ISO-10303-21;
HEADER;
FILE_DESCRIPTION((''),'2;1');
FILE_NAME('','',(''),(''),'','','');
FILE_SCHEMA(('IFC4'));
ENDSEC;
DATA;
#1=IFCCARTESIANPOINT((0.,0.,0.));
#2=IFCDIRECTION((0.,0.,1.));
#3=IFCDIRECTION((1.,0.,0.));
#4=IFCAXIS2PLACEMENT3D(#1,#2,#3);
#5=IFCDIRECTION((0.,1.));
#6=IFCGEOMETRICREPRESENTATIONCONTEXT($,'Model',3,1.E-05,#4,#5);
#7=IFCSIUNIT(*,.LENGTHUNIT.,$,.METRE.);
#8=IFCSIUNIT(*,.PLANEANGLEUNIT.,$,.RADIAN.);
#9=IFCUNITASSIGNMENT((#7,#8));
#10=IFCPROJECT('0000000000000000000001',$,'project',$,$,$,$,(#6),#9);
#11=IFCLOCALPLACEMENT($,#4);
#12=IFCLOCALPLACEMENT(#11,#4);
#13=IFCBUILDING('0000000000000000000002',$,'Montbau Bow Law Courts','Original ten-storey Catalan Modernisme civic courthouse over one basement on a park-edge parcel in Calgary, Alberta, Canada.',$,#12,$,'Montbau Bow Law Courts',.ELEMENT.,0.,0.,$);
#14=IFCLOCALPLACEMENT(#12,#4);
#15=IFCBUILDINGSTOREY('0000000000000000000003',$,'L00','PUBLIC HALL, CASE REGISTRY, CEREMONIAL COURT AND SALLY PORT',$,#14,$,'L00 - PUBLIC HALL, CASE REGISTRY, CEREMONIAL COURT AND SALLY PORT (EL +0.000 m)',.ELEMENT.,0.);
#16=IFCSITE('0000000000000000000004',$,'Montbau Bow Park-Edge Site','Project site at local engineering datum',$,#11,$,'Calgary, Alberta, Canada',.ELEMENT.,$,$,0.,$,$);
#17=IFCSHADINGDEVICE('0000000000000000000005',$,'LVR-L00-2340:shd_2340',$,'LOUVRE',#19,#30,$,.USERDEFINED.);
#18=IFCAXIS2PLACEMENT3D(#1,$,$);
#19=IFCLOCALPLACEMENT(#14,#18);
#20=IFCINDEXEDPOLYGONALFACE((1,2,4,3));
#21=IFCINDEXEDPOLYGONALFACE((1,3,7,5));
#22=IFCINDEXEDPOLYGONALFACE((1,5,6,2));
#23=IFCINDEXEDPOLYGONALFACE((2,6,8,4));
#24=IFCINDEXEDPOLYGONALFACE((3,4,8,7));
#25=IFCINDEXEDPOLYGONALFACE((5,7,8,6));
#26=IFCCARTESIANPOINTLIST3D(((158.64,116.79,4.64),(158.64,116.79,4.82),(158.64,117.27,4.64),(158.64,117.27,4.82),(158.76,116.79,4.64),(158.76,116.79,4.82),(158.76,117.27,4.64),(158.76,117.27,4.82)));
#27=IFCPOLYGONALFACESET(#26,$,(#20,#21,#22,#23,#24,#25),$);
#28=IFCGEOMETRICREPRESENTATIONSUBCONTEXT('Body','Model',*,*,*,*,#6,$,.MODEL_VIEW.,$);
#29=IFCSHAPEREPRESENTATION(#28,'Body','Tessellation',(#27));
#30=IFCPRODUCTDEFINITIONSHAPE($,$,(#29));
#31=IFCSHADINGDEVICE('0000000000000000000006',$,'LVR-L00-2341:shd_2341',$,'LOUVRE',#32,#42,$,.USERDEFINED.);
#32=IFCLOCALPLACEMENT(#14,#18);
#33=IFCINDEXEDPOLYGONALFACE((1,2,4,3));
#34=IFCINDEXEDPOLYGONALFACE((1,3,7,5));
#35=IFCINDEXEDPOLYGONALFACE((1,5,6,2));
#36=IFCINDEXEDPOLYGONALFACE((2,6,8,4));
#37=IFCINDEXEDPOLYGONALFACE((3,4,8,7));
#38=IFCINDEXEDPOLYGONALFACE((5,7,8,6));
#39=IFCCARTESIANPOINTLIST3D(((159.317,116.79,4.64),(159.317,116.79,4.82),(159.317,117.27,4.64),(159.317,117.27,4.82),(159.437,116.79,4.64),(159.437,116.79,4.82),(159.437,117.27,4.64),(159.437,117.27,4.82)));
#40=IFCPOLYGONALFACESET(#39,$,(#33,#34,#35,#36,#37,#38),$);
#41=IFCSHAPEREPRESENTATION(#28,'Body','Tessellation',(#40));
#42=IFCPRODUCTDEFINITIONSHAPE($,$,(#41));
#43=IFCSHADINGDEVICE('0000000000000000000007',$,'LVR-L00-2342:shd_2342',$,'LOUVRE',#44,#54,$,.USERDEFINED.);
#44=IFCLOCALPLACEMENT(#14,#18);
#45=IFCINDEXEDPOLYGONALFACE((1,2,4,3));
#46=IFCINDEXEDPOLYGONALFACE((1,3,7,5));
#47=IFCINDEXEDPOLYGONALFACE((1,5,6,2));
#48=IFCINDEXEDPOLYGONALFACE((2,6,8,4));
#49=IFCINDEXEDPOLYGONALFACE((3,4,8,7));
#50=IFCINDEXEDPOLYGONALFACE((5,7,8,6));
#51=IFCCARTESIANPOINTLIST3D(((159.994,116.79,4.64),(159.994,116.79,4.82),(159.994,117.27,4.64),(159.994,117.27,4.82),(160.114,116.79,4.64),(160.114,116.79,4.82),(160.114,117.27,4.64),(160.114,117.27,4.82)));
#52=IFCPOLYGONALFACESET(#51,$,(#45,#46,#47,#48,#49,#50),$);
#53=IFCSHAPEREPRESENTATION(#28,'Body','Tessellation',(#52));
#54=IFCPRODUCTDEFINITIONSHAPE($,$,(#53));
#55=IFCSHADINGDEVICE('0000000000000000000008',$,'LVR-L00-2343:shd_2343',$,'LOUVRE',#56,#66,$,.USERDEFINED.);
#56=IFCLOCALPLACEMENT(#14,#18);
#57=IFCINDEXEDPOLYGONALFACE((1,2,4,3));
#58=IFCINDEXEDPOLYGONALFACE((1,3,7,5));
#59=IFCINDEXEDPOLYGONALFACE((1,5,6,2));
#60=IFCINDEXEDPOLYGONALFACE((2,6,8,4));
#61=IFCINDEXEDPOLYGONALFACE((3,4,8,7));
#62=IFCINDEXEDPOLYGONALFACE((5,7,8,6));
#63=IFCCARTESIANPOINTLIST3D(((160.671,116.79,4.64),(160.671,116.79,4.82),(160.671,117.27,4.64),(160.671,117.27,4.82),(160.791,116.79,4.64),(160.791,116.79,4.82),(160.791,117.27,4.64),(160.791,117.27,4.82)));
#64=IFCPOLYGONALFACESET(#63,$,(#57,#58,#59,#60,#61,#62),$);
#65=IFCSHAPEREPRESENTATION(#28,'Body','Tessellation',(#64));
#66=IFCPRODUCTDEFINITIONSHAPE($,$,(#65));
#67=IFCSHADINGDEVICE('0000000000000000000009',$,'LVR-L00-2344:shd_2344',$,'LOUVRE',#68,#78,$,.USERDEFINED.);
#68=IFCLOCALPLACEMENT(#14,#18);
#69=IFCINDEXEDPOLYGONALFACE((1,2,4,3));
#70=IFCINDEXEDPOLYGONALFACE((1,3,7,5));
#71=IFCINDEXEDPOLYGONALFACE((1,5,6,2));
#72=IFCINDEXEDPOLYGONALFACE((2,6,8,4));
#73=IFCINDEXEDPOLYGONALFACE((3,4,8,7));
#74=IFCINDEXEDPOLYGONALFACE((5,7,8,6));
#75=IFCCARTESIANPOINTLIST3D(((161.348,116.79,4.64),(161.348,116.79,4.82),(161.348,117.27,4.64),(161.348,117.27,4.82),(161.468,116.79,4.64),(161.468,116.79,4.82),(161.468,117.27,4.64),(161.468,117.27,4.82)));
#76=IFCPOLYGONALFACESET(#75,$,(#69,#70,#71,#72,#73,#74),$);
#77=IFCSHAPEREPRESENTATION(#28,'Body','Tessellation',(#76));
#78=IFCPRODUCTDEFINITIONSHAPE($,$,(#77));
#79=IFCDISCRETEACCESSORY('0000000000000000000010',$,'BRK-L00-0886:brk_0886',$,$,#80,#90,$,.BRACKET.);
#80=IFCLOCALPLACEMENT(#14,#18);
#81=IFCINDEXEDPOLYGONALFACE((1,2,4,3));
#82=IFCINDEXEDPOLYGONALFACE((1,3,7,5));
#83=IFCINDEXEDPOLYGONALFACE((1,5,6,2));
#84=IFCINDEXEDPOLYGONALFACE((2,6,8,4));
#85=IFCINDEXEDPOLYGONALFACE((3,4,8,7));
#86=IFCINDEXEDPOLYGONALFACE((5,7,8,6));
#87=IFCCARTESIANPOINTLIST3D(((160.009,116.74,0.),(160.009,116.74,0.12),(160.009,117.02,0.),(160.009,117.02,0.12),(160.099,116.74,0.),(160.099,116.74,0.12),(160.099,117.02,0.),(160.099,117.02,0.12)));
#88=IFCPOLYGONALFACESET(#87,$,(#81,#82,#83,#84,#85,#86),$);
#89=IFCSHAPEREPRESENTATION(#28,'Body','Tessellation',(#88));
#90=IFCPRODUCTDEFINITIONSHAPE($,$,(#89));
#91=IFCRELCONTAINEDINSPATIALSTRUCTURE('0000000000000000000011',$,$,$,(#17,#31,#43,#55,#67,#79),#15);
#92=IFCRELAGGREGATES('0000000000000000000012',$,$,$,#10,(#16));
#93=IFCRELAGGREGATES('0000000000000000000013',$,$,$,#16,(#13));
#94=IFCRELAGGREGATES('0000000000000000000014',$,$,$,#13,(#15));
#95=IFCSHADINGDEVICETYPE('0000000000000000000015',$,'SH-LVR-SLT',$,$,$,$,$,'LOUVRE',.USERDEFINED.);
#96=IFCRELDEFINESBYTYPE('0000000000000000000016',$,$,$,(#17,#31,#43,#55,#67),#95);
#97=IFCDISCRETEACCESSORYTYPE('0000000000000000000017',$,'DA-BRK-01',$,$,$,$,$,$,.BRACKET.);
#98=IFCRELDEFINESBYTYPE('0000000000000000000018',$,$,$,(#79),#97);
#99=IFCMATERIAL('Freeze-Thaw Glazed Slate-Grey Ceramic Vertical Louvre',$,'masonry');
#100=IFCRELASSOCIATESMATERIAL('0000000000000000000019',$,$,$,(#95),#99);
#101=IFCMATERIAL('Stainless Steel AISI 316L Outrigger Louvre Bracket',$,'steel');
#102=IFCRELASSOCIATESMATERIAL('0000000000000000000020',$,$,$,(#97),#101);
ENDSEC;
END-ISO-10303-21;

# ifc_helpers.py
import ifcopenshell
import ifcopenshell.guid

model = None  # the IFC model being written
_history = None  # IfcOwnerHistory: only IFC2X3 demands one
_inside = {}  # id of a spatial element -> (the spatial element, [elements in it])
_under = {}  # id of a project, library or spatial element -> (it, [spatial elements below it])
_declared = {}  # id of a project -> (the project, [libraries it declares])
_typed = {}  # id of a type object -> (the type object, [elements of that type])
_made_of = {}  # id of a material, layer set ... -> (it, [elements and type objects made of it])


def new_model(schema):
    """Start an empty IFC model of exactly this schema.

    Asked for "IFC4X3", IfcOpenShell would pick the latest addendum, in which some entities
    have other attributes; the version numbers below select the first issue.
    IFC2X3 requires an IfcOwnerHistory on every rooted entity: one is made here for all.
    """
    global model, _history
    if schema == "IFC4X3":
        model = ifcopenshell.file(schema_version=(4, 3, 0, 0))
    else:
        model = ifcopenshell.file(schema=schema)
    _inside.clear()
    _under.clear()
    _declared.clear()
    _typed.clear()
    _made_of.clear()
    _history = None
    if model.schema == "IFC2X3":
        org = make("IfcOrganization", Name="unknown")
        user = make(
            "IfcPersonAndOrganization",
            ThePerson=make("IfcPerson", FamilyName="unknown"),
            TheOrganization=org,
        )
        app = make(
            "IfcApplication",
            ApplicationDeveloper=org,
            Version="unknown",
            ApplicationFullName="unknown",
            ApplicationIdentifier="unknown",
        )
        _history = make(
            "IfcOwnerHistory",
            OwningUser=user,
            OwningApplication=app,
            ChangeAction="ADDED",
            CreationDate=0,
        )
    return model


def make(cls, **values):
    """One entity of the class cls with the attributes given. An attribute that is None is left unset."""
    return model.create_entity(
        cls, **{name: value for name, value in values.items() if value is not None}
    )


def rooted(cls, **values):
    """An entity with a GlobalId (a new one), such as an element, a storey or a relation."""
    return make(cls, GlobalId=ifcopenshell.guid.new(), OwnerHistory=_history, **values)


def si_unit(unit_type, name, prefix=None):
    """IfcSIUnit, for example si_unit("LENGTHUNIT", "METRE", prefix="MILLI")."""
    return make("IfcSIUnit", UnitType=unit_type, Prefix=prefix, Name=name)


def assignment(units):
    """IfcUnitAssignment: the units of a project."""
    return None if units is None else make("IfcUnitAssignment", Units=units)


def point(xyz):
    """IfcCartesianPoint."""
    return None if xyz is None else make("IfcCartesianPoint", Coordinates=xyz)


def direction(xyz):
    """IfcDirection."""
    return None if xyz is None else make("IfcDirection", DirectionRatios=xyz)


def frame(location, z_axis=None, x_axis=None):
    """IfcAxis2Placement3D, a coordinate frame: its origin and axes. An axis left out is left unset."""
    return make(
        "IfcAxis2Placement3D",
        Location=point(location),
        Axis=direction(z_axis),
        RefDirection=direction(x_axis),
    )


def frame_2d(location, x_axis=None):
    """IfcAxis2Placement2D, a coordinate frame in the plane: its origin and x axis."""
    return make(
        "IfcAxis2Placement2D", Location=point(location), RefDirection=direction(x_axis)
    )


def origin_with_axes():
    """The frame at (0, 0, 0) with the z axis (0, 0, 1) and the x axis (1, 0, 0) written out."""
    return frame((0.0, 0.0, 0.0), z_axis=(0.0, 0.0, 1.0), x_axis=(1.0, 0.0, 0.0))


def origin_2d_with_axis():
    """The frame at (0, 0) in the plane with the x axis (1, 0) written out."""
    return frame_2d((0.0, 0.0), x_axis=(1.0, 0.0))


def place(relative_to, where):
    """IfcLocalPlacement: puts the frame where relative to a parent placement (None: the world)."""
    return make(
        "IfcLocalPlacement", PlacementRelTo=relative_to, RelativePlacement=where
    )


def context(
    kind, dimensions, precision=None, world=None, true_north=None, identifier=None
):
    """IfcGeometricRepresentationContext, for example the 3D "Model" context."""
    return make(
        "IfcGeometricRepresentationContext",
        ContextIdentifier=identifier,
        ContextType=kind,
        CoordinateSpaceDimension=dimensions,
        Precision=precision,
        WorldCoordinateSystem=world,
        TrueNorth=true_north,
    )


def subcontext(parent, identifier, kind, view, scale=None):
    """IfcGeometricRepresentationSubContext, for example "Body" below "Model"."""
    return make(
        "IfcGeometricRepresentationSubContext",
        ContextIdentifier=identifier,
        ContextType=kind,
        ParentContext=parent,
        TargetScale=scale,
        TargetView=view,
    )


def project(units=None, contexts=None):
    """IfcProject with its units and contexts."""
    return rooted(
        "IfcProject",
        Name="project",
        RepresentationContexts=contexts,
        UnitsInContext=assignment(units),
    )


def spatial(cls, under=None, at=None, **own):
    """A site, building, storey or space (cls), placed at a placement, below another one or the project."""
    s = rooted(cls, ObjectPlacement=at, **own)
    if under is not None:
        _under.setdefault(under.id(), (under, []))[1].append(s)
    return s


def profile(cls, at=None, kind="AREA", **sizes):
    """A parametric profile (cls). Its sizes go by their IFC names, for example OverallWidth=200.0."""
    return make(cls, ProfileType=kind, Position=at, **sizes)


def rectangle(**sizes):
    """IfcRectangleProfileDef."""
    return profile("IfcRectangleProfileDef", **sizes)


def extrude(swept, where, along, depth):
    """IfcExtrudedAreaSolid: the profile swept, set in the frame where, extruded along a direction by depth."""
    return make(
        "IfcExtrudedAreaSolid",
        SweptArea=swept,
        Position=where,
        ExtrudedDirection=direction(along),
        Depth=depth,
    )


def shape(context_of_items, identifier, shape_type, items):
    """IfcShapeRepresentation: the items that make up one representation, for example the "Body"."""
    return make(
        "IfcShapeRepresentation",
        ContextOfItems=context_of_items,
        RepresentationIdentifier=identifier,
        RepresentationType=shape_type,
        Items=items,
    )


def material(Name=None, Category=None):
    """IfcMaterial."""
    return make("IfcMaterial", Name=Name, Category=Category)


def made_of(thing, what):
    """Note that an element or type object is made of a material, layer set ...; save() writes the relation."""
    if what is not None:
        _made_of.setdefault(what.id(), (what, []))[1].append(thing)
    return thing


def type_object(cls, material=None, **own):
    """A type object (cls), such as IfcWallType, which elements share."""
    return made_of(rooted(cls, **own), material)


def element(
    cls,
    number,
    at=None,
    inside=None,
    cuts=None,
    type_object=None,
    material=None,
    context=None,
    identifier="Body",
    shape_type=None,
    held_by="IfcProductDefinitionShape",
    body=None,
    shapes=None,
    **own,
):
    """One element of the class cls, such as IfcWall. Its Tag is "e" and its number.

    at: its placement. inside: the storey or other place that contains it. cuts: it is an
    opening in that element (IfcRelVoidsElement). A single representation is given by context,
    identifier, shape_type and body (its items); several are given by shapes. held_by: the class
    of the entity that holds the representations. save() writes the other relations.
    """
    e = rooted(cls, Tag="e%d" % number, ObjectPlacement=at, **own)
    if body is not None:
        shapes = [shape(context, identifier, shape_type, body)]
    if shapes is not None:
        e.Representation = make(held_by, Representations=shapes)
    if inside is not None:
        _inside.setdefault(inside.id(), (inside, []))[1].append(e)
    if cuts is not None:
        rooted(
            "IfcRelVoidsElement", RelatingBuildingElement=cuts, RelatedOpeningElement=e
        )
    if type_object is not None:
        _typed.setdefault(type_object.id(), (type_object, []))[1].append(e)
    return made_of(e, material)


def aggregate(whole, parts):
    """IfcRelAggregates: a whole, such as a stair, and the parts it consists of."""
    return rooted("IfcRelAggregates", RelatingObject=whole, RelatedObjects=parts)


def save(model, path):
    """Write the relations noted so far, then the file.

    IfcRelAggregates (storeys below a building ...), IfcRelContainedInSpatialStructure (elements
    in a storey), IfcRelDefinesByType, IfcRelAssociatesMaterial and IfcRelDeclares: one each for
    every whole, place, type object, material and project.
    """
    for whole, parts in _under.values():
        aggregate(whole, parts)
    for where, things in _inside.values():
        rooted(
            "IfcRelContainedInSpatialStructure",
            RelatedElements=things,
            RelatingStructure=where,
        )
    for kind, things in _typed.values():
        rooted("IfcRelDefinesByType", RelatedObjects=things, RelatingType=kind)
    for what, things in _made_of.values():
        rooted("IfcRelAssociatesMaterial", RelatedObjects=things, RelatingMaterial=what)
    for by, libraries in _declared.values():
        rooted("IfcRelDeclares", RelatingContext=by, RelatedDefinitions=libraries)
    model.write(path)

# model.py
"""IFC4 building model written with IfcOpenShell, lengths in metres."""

from ifc_helpers import new_model, si_unit, direction, frame, origin_with_axes, origin_2d_with_axis, place, context, subcontext, project, spatial, rectangle, extrude, material, type_object, element, save


model = new_model("IFC4")

# Units and contexts
model_context = context("Model", 3, precision=1e-05, world=origin_with_axes(), true_north=direction((0.0, 1.0)))
body_context = subcontext(model_context, "Body", "Model", "MODEL_VIEW")
ifc_project = project(units=[si_unit("LENGTHUNIT", "METRE"), si_unit("PLANEANGLEUNIT", "RADIAN")], contexts=[model_context])

# Site, building, storey
site_placement = place(None, origin_with_axes())
site = spatial("IfcSite", under=ifc_project, at=site_placement, Name="Montbau Bow Park-Edge Site", Description="Project site at local engineering datum", LongName="Calgary, Alberta, Canada", CompositionType="ELEMENT", RefElevation=0.0)
building_placement = place(site_placement, origin_with_axes())
building = spatial("IfcBuilding", under=site, at=building_placement, Name="Montbau Bow Law Courts", Description="Original ten-storey Catalan Modernisme civic courthouse over one basement on a park-edge parcel in Calgary, Alberta, Canada.", LongName="Montbau Bow Law Courts", CompositionType="ELEMENT", ElevationOfRefHeight=0.0, ElevationOfTerrain=0.0)
storey_placement = place(building_placement, origin_with_axes())
storey = spatial("IfcBuildingStorey", under=building, at=storey_placement, Name="L00", Description="PUBLIC HALL, CASE REGISTRY, CEREMONIAL COURT AND SALLY PORT", LongName="L00 - PUBLIC HALL, CASE REGISTRY, CEREMONIAL COURT AND SALLY PORT (EL +0.000 m)", CompositionType="ELEMENT", Elevation=0.0)

# Shared definitions
ifc_material_1 = material(Name="Freeze-Thaw Glazed Slate-Grey Ceramic Vertical Louvre", Category="masonry")

# Shading devices
shading_device_type = type_object("IfcShadingDeviceType", Name="SH-LVR-SLT", ElementType="LOUVRE", PredefinedType="USERDEFINED", material=ifc_material_1)
for number, where, z_axis, x_axis, name in (
    (1, (158.7, 117.03, 4.64), (0.0, 0.0, 1.0), (0.0, 1.0, 0.0), "LVR-L00-2340:shd_2340"),
    (2, (159.377, 117.03, 4.64), (0.0, 0.0, 1.0), (0.0, 1.0, 0.0), "LVR-L00-2341:shd_2341"),
    (3, (160.054, 117.03, 4.64), (0.0, 0.0, 1.0), (0.0, 1.0, 0.0), "LVR-L00-2342:shd_2342"),
    (4, (160.731, 117.03, 4.64), (0.0, 0.0, 1.0), (0.0, 1.0, 0.0), "LVR-L00-2343:shd_2343"),
    (5, (161.408, 117.03, 4.64), (0.0, 0.0, 1.0), (0.0, 1.0, 0.0), "LVR-L00-2344:shd_2344"),
):
    element("IfcShadingDevice", number, at=place(None, frame(where, z_axis=z_axis, x_axis=x_axis)), inside=storey, type_object=shading_device_type, Name=name, ObjectType="LOUVRE", PredefinedType="USERDEFINED", context=body_context, shape_type="SweptSolid", body=[
        extrude(rectangle(XDim=0.48, YDim=0.12, at=origin_2d_with_axis()), origin_with_axes(), (0.0, 0.0, 1.0), 0.18),
    ])

# Discrete accessory
ifc_material_2 = material(Name="Stainless Steel AISI 316L Outrigger Louvre Bracket", Category="steel")
discrete_accessory_type = type_object("IfcDiscreteAccessoryType", Name="DA-BRK-01", PredefinedType="BRACKET", material=ifc_material_2)
discrete_accessory_placement = place(None, frame((160.054, 116.88, 0.0), z_axis=(0.0, 0.0, 1.0), x_axis=(0.0, 1.0, 0.0)))
element("IfcDiscreteAccessory", 6, at=discrete_accessory_placement, inside=storey, type_object=discrete_accessory_type, Name="BRK-L00-0886:brk_0886", PredefinedType="BRACKET", context=body_context, shape_type="SweptSolid", body=[
    extrude(rectangle(XDim=0.28, YDim=0.09, at=origin_2d_with_axis()), origin_with_axes(), (0.0, 0.0, 1.0), 0.12),
])

save(model, "model.ifc")
